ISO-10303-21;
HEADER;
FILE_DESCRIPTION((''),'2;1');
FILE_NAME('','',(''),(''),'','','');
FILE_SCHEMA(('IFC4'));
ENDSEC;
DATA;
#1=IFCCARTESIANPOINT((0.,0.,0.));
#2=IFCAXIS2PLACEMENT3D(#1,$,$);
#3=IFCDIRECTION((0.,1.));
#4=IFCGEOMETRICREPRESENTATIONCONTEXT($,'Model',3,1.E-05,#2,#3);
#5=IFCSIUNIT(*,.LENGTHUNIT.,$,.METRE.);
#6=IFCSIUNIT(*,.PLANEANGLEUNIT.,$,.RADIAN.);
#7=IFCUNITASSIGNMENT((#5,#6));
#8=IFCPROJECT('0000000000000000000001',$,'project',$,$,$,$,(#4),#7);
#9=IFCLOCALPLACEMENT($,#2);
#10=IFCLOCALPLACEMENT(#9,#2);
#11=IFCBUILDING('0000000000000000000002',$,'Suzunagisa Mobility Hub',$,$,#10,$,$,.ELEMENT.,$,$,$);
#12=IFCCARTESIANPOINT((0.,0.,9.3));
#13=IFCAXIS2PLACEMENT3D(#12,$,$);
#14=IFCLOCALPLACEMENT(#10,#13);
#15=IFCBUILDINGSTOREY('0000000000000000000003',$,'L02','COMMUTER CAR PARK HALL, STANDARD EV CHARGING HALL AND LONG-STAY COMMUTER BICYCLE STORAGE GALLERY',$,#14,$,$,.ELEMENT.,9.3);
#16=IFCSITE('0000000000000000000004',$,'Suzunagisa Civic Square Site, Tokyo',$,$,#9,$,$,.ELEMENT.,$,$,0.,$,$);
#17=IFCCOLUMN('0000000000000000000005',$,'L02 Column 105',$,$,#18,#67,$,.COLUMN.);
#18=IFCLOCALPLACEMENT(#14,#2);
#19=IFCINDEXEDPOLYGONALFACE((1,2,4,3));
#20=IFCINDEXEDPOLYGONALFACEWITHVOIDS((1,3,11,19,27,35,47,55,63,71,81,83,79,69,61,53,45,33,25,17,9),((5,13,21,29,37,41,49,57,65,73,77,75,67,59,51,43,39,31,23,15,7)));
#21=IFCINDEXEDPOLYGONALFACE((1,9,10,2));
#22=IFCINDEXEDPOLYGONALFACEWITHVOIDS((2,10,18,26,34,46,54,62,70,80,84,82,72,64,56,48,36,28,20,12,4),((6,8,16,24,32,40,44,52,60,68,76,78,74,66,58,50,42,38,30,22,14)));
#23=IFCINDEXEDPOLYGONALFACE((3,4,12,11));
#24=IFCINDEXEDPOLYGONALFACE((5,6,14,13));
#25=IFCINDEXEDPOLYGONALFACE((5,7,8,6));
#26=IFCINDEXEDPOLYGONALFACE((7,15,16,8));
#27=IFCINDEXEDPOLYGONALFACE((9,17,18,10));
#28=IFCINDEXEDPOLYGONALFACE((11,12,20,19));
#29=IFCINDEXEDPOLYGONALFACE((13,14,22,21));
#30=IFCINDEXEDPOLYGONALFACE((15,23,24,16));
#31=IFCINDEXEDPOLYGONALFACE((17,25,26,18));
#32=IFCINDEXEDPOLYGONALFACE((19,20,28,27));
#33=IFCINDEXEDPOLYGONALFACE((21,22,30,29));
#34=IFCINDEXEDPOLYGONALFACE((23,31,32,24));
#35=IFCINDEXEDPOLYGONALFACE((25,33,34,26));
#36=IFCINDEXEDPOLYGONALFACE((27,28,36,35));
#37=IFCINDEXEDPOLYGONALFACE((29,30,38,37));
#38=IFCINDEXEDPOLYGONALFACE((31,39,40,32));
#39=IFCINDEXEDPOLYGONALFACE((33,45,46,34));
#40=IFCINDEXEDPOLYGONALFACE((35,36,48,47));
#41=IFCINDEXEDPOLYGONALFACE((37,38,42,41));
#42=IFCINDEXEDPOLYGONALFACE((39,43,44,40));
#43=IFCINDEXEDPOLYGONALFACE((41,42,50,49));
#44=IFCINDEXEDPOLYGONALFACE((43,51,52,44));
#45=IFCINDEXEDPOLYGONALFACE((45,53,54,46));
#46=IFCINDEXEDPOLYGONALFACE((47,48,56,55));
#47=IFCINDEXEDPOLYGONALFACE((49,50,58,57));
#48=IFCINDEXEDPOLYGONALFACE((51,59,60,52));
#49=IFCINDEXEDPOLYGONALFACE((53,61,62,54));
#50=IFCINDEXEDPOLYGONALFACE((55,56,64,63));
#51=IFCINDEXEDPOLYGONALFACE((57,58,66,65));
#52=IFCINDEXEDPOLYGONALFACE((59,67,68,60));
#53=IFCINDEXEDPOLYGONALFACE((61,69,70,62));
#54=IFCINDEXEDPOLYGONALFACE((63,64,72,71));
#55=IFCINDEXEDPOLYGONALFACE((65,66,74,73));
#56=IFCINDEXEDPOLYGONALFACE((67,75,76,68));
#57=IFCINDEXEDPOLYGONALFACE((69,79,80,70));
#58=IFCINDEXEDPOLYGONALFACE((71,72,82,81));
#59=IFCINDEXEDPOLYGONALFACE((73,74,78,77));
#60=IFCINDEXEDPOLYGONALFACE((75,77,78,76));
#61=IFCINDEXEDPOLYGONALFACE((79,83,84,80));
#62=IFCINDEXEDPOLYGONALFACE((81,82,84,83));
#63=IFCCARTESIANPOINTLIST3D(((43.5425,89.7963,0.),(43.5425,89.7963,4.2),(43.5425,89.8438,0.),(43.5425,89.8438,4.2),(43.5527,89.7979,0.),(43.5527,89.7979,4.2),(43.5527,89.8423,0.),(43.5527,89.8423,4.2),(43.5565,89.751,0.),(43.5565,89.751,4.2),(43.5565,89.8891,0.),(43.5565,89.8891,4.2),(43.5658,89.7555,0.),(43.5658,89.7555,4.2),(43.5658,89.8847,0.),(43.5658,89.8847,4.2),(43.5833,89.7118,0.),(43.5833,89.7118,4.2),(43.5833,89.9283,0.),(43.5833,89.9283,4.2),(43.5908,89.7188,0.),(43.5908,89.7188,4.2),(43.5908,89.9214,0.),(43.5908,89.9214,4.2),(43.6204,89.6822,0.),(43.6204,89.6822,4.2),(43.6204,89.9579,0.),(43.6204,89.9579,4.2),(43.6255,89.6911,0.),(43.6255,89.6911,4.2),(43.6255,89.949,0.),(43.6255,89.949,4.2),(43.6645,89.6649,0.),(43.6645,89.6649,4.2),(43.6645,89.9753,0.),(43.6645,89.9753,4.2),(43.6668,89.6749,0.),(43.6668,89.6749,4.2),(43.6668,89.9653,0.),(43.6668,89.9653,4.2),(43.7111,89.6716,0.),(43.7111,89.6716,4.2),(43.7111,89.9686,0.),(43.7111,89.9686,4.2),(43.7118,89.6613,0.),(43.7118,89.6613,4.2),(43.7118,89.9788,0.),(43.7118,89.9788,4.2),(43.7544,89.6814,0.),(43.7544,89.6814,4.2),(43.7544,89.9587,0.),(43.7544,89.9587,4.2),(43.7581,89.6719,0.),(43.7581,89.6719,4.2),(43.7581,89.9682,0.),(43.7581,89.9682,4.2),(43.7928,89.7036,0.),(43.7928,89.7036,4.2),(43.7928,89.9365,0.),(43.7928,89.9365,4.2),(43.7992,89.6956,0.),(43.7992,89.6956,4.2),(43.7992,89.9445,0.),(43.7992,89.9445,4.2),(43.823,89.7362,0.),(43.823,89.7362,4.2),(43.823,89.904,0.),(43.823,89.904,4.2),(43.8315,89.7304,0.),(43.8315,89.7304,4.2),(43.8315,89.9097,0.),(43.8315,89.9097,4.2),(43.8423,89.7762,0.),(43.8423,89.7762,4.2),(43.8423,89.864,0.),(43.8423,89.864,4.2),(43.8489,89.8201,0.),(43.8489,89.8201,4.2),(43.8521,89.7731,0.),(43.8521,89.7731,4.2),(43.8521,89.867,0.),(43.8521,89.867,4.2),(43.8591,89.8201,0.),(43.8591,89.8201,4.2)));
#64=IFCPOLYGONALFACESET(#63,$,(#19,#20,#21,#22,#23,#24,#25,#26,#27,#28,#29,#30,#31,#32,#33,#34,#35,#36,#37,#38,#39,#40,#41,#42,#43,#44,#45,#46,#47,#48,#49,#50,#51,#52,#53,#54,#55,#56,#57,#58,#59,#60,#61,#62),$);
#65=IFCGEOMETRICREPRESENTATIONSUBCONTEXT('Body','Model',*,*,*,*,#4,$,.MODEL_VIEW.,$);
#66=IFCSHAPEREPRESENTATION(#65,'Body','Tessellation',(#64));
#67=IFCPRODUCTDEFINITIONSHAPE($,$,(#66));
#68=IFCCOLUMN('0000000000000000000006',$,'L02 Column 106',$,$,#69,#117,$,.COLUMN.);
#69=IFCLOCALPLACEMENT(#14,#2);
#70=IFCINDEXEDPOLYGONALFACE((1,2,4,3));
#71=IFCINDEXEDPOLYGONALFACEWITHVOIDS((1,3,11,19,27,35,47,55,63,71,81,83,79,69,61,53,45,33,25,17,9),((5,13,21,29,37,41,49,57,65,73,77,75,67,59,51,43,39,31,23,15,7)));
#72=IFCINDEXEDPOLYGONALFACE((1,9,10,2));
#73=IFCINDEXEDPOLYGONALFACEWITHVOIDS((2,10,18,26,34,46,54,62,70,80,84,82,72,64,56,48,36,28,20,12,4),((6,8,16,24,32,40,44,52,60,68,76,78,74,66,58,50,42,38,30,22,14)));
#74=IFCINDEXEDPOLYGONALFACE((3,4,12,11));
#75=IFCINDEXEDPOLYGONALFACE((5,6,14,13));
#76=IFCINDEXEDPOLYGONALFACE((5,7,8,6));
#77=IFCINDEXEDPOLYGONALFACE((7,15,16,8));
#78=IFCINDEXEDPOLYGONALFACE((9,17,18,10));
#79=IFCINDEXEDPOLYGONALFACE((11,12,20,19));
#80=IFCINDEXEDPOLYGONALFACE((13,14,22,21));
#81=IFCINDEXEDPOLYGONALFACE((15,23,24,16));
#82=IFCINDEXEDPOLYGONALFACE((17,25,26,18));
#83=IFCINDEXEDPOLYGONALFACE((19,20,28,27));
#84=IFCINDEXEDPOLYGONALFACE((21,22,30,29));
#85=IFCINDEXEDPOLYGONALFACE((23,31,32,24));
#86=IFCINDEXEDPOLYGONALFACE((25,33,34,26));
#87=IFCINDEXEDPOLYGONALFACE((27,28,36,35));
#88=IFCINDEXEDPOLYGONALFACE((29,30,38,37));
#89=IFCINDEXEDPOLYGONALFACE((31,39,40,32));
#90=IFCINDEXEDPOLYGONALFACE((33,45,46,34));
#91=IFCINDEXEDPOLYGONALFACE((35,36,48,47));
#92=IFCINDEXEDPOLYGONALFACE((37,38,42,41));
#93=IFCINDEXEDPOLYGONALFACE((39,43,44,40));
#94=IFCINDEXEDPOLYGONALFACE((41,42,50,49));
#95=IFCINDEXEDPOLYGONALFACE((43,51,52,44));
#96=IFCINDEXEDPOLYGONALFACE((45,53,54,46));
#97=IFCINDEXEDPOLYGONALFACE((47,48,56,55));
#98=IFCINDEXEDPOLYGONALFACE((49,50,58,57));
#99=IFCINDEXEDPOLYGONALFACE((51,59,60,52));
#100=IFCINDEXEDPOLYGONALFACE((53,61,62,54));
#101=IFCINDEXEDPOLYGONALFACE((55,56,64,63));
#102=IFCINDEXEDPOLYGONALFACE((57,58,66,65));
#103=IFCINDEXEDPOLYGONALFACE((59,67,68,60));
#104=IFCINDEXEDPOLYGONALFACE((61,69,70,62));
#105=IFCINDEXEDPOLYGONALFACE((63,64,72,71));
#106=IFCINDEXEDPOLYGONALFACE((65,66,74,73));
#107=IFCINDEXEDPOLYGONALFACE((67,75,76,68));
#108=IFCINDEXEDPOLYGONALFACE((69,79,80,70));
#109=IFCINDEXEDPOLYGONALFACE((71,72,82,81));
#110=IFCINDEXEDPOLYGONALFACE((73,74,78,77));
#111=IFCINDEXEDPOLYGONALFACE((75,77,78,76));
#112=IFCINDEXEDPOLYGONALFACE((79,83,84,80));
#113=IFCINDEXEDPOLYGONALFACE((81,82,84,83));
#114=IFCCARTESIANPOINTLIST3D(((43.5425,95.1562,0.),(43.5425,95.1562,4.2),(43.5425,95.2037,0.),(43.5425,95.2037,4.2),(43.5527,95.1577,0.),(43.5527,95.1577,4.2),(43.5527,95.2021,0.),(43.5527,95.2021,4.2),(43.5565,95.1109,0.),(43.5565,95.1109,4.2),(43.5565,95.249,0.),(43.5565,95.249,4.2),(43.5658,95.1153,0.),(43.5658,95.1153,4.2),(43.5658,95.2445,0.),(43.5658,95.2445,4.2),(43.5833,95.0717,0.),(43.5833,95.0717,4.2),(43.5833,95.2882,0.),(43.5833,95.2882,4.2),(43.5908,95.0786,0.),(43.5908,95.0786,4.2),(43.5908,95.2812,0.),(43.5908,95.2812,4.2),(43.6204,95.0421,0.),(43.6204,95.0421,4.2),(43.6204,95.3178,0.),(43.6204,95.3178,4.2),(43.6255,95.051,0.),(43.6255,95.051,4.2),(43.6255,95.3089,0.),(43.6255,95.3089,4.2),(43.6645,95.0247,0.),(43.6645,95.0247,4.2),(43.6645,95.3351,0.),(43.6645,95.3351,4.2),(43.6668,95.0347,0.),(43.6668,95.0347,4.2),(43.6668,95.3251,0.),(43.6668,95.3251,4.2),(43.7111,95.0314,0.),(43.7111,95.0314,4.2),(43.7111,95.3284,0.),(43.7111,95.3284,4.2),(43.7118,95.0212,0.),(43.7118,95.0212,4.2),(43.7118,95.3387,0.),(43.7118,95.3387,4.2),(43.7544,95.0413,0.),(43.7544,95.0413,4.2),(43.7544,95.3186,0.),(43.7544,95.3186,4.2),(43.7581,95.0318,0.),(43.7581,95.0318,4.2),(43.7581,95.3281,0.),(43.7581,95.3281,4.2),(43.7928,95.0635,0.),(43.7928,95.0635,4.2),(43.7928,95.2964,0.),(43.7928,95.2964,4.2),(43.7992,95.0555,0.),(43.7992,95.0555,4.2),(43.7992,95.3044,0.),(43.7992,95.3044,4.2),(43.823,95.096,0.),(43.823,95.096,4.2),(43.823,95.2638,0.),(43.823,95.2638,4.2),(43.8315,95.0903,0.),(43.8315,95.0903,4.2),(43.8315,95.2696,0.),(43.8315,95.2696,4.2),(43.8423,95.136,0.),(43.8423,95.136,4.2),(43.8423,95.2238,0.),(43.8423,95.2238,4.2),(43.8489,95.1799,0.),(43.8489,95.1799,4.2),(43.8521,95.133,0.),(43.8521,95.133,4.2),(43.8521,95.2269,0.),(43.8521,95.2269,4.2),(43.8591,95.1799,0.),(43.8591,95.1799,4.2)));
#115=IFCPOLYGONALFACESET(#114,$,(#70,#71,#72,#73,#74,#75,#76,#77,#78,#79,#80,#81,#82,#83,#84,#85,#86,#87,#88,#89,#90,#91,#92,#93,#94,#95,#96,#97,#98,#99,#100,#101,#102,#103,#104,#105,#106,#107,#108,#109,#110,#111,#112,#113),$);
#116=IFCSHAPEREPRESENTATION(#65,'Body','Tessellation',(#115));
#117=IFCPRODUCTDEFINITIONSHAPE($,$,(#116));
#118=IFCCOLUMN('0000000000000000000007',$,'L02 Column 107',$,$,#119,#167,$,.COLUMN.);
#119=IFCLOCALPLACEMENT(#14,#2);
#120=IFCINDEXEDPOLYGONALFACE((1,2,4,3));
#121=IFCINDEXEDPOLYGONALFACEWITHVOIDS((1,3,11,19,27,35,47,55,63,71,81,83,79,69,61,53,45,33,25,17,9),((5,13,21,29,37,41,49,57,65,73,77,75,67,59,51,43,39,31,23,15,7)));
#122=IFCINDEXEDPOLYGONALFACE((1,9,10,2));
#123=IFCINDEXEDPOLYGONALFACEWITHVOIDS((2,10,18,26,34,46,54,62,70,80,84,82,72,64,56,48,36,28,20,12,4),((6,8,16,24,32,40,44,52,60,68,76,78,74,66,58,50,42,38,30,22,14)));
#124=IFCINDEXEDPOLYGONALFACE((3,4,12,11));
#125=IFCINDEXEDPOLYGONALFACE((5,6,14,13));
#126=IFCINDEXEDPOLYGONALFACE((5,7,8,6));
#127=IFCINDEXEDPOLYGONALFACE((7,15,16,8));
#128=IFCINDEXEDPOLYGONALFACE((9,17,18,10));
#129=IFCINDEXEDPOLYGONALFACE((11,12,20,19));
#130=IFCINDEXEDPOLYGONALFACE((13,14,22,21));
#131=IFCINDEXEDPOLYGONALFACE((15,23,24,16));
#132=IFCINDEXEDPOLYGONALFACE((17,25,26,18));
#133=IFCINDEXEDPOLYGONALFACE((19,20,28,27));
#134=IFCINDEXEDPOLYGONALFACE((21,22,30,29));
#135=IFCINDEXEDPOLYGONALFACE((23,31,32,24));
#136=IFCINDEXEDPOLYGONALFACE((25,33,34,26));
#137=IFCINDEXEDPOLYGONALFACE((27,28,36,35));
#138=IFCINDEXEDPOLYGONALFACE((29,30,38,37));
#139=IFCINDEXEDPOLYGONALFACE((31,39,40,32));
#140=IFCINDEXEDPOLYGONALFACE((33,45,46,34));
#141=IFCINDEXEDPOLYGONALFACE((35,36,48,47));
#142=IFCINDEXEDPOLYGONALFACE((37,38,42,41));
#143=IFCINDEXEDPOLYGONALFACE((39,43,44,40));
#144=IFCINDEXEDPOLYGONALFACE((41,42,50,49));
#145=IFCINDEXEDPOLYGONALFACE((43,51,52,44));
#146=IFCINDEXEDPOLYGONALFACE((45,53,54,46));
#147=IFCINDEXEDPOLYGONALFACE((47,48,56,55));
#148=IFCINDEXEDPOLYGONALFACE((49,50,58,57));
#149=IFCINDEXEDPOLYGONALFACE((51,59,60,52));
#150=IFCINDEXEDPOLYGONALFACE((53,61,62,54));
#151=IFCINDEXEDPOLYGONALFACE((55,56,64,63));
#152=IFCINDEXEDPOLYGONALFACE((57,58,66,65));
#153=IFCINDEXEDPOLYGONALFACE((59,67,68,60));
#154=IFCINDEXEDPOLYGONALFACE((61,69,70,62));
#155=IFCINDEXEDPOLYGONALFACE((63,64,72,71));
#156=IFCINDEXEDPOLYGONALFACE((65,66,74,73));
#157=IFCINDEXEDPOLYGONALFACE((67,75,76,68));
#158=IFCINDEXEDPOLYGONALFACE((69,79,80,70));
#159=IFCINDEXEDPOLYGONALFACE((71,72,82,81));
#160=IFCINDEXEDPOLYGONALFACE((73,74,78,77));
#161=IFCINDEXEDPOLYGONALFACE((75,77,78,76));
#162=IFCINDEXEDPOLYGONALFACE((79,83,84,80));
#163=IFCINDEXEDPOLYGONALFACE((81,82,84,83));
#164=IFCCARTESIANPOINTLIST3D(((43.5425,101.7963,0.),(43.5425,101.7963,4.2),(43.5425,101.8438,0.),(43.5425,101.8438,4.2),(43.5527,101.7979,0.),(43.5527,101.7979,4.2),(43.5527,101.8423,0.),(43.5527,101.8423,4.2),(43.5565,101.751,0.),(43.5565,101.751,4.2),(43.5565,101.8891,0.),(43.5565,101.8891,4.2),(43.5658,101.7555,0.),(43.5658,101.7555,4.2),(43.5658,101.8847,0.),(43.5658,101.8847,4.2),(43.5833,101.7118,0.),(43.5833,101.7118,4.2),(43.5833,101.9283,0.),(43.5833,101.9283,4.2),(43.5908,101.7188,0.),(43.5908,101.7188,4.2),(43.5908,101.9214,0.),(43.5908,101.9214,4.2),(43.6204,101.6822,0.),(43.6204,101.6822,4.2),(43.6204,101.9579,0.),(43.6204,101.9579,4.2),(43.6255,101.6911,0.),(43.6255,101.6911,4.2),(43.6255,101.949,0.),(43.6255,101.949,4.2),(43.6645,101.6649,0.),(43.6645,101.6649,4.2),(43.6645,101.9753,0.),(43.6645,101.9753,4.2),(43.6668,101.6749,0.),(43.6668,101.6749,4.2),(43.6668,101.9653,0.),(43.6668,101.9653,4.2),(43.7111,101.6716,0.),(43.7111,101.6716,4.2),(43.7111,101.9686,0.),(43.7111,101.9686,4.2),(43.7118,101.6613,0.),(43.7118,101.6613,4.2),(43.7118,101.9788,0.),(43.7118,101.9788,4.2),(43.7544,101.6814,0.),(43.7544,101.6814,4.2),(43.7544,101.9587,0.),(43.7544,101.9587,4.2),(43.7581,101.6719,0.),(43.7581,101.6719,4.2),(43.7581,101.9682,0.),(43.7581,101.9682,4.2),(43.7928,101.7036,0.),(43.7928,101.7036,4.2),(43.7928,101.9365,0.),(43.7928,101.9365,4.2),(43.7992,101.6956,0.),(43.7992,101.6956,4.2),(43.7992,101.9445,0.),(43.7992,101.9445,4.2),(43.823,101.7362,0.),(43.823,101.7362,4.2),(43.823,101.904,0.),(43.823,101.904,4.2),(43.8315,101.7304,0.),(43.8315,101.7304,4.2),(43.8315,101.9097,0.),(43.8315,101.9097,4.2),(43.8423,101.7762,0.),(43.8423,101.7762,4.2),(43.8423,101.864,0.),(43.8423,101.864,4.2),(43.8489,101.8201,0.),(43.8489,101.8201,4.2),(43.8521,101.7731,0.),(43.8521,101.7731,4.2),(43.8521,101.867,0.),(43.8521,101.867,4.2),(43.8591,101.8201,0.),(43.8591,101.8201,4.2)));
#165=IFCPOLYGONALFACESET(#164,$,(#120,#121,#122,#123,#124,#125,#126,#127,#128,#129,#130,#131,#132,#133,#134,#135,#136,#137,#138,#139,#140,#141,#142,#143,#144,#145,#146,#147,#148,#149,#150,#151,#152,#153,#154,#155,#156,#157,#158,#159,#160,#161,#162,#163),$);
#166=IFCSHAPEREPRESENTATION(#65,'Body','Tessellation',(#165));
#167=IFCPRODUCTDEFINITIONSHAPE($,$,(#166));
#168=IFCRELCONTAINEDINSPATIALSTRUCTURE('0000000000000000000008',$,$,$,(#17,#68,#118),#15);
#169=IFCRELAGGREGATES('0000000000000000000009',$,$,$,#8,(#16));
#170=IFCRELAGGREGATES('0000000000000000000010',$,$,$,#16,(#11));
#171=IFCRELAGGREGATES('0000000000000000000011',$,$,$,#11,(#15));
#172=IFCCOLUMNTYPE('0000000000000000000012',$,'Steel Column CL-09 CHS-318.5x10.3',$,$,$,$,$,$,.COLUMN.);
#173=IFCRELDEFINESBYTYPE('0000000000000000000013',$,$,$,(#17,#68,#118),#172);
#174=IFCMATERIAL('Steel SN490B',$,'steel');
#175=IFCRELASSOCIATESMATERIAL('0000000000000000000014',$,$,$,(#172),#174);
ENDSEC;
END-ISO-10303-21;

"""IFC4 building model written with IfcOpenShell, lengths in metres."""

from ifc_helpers import new_model, si_unit, direction, frame, origin, origin_2d, place, context, subcontext, project, spatial, hollow_circle, extrude, material, material_profile, profile_set, type_object, element, save


model = new_model("IFC4")

# Units and contexts
model_context = context("Model", 3, precision=1e-05, world=origin(), true_north=direction((0.0, 1.0)))
body_context = subcontext(model_context, "Body", "Model", "MODEL_VIEW")
ifc_project = project(units=[si_unit("LENGTHUNIT", "METRE"), si_unit("PLANEANGLEUNIT", "RADIAN")], contexts=[model_context])

# Site, building, storey
site_placement = place(None, origin())
site = spatial("IfcSite", under=ifc_project, at=site_placement, Name="Suzunagisa Civic Square Site, Tokyo", CompositionType="ELEMENT", RefElevation=0.0)
building_placement = place(site_placement, origin())
building = spatial("IfcBuilding", under=site, at=building_placement, Name="Suzunagisa Mobility Hub", CompositionType="ELEMENT")
storey_placement = place(building_placement, frame((0.0, 0.0, 9.3)))
storey = spatial("IfcBuildingStorey", under=building, at=storey_placement, Name="L02", Description="COMMUTER CAR PARK HALL, STANDARD EV CHARGING HALL AND LONG-STAY COMMUTER BICYCLE STORAGE GALLERY", CompositionType="ELEMENT", Elevation=9.3)

# Columns
ifc_material_1 = material(Name="Steel SN490B", Category="steel")
ifc_material_profile_1 = material_profile(ifc_material_1, hollow_circle(Radius=0.1592, WallThickness=0.0103, at=origin_2d()), Name="CHS-318.5x10.3")
ifc_profile_set_1 = profile_set([ifc_material_profile_1], Name="Steel SN490B")
column_type_1 = type_object("IfcColumnType", Name="Steel Column CL-09 CHS-318.5x10.3", PredefinedType="COLUMN", material=ifc_profile_set_1)
for number, where, z_axis, x_axis, name in (
    (1, (43.7, 89.8201, 0.0), (0.0, 0.0, 1.0), (1.0, 0.0, 0.0), "L02 Column 105"),
    (2, (43.7, 95.1799, 0.0), (0.0, 0.0, 1.0), (1.0, 0.0, 0.0), "L02 Column 106"),
    (3, (43.7, 101.8201, 0.0), (0.0, 0.0, 1.0), (1.0, 0.0, 0.0), "L02 Column 107"),
):
    element("IfcColumn", number, at=place(storey_placement, frame(where, z_axis=z_axis, x_axis=x_axis)), inside=storey, type_object=column_type_1, Name=name, PredefinedType="COLUMN", context=body_context, shape_type="SweptSolid", body=[
        extrude(hollow_circle(Radius=0.1592, WallThickness=0.0103, at=origin_2d()), origin(), (0.0, 0.0, 1.0), 4.2),
    ])

save(model, "model.ifc")
